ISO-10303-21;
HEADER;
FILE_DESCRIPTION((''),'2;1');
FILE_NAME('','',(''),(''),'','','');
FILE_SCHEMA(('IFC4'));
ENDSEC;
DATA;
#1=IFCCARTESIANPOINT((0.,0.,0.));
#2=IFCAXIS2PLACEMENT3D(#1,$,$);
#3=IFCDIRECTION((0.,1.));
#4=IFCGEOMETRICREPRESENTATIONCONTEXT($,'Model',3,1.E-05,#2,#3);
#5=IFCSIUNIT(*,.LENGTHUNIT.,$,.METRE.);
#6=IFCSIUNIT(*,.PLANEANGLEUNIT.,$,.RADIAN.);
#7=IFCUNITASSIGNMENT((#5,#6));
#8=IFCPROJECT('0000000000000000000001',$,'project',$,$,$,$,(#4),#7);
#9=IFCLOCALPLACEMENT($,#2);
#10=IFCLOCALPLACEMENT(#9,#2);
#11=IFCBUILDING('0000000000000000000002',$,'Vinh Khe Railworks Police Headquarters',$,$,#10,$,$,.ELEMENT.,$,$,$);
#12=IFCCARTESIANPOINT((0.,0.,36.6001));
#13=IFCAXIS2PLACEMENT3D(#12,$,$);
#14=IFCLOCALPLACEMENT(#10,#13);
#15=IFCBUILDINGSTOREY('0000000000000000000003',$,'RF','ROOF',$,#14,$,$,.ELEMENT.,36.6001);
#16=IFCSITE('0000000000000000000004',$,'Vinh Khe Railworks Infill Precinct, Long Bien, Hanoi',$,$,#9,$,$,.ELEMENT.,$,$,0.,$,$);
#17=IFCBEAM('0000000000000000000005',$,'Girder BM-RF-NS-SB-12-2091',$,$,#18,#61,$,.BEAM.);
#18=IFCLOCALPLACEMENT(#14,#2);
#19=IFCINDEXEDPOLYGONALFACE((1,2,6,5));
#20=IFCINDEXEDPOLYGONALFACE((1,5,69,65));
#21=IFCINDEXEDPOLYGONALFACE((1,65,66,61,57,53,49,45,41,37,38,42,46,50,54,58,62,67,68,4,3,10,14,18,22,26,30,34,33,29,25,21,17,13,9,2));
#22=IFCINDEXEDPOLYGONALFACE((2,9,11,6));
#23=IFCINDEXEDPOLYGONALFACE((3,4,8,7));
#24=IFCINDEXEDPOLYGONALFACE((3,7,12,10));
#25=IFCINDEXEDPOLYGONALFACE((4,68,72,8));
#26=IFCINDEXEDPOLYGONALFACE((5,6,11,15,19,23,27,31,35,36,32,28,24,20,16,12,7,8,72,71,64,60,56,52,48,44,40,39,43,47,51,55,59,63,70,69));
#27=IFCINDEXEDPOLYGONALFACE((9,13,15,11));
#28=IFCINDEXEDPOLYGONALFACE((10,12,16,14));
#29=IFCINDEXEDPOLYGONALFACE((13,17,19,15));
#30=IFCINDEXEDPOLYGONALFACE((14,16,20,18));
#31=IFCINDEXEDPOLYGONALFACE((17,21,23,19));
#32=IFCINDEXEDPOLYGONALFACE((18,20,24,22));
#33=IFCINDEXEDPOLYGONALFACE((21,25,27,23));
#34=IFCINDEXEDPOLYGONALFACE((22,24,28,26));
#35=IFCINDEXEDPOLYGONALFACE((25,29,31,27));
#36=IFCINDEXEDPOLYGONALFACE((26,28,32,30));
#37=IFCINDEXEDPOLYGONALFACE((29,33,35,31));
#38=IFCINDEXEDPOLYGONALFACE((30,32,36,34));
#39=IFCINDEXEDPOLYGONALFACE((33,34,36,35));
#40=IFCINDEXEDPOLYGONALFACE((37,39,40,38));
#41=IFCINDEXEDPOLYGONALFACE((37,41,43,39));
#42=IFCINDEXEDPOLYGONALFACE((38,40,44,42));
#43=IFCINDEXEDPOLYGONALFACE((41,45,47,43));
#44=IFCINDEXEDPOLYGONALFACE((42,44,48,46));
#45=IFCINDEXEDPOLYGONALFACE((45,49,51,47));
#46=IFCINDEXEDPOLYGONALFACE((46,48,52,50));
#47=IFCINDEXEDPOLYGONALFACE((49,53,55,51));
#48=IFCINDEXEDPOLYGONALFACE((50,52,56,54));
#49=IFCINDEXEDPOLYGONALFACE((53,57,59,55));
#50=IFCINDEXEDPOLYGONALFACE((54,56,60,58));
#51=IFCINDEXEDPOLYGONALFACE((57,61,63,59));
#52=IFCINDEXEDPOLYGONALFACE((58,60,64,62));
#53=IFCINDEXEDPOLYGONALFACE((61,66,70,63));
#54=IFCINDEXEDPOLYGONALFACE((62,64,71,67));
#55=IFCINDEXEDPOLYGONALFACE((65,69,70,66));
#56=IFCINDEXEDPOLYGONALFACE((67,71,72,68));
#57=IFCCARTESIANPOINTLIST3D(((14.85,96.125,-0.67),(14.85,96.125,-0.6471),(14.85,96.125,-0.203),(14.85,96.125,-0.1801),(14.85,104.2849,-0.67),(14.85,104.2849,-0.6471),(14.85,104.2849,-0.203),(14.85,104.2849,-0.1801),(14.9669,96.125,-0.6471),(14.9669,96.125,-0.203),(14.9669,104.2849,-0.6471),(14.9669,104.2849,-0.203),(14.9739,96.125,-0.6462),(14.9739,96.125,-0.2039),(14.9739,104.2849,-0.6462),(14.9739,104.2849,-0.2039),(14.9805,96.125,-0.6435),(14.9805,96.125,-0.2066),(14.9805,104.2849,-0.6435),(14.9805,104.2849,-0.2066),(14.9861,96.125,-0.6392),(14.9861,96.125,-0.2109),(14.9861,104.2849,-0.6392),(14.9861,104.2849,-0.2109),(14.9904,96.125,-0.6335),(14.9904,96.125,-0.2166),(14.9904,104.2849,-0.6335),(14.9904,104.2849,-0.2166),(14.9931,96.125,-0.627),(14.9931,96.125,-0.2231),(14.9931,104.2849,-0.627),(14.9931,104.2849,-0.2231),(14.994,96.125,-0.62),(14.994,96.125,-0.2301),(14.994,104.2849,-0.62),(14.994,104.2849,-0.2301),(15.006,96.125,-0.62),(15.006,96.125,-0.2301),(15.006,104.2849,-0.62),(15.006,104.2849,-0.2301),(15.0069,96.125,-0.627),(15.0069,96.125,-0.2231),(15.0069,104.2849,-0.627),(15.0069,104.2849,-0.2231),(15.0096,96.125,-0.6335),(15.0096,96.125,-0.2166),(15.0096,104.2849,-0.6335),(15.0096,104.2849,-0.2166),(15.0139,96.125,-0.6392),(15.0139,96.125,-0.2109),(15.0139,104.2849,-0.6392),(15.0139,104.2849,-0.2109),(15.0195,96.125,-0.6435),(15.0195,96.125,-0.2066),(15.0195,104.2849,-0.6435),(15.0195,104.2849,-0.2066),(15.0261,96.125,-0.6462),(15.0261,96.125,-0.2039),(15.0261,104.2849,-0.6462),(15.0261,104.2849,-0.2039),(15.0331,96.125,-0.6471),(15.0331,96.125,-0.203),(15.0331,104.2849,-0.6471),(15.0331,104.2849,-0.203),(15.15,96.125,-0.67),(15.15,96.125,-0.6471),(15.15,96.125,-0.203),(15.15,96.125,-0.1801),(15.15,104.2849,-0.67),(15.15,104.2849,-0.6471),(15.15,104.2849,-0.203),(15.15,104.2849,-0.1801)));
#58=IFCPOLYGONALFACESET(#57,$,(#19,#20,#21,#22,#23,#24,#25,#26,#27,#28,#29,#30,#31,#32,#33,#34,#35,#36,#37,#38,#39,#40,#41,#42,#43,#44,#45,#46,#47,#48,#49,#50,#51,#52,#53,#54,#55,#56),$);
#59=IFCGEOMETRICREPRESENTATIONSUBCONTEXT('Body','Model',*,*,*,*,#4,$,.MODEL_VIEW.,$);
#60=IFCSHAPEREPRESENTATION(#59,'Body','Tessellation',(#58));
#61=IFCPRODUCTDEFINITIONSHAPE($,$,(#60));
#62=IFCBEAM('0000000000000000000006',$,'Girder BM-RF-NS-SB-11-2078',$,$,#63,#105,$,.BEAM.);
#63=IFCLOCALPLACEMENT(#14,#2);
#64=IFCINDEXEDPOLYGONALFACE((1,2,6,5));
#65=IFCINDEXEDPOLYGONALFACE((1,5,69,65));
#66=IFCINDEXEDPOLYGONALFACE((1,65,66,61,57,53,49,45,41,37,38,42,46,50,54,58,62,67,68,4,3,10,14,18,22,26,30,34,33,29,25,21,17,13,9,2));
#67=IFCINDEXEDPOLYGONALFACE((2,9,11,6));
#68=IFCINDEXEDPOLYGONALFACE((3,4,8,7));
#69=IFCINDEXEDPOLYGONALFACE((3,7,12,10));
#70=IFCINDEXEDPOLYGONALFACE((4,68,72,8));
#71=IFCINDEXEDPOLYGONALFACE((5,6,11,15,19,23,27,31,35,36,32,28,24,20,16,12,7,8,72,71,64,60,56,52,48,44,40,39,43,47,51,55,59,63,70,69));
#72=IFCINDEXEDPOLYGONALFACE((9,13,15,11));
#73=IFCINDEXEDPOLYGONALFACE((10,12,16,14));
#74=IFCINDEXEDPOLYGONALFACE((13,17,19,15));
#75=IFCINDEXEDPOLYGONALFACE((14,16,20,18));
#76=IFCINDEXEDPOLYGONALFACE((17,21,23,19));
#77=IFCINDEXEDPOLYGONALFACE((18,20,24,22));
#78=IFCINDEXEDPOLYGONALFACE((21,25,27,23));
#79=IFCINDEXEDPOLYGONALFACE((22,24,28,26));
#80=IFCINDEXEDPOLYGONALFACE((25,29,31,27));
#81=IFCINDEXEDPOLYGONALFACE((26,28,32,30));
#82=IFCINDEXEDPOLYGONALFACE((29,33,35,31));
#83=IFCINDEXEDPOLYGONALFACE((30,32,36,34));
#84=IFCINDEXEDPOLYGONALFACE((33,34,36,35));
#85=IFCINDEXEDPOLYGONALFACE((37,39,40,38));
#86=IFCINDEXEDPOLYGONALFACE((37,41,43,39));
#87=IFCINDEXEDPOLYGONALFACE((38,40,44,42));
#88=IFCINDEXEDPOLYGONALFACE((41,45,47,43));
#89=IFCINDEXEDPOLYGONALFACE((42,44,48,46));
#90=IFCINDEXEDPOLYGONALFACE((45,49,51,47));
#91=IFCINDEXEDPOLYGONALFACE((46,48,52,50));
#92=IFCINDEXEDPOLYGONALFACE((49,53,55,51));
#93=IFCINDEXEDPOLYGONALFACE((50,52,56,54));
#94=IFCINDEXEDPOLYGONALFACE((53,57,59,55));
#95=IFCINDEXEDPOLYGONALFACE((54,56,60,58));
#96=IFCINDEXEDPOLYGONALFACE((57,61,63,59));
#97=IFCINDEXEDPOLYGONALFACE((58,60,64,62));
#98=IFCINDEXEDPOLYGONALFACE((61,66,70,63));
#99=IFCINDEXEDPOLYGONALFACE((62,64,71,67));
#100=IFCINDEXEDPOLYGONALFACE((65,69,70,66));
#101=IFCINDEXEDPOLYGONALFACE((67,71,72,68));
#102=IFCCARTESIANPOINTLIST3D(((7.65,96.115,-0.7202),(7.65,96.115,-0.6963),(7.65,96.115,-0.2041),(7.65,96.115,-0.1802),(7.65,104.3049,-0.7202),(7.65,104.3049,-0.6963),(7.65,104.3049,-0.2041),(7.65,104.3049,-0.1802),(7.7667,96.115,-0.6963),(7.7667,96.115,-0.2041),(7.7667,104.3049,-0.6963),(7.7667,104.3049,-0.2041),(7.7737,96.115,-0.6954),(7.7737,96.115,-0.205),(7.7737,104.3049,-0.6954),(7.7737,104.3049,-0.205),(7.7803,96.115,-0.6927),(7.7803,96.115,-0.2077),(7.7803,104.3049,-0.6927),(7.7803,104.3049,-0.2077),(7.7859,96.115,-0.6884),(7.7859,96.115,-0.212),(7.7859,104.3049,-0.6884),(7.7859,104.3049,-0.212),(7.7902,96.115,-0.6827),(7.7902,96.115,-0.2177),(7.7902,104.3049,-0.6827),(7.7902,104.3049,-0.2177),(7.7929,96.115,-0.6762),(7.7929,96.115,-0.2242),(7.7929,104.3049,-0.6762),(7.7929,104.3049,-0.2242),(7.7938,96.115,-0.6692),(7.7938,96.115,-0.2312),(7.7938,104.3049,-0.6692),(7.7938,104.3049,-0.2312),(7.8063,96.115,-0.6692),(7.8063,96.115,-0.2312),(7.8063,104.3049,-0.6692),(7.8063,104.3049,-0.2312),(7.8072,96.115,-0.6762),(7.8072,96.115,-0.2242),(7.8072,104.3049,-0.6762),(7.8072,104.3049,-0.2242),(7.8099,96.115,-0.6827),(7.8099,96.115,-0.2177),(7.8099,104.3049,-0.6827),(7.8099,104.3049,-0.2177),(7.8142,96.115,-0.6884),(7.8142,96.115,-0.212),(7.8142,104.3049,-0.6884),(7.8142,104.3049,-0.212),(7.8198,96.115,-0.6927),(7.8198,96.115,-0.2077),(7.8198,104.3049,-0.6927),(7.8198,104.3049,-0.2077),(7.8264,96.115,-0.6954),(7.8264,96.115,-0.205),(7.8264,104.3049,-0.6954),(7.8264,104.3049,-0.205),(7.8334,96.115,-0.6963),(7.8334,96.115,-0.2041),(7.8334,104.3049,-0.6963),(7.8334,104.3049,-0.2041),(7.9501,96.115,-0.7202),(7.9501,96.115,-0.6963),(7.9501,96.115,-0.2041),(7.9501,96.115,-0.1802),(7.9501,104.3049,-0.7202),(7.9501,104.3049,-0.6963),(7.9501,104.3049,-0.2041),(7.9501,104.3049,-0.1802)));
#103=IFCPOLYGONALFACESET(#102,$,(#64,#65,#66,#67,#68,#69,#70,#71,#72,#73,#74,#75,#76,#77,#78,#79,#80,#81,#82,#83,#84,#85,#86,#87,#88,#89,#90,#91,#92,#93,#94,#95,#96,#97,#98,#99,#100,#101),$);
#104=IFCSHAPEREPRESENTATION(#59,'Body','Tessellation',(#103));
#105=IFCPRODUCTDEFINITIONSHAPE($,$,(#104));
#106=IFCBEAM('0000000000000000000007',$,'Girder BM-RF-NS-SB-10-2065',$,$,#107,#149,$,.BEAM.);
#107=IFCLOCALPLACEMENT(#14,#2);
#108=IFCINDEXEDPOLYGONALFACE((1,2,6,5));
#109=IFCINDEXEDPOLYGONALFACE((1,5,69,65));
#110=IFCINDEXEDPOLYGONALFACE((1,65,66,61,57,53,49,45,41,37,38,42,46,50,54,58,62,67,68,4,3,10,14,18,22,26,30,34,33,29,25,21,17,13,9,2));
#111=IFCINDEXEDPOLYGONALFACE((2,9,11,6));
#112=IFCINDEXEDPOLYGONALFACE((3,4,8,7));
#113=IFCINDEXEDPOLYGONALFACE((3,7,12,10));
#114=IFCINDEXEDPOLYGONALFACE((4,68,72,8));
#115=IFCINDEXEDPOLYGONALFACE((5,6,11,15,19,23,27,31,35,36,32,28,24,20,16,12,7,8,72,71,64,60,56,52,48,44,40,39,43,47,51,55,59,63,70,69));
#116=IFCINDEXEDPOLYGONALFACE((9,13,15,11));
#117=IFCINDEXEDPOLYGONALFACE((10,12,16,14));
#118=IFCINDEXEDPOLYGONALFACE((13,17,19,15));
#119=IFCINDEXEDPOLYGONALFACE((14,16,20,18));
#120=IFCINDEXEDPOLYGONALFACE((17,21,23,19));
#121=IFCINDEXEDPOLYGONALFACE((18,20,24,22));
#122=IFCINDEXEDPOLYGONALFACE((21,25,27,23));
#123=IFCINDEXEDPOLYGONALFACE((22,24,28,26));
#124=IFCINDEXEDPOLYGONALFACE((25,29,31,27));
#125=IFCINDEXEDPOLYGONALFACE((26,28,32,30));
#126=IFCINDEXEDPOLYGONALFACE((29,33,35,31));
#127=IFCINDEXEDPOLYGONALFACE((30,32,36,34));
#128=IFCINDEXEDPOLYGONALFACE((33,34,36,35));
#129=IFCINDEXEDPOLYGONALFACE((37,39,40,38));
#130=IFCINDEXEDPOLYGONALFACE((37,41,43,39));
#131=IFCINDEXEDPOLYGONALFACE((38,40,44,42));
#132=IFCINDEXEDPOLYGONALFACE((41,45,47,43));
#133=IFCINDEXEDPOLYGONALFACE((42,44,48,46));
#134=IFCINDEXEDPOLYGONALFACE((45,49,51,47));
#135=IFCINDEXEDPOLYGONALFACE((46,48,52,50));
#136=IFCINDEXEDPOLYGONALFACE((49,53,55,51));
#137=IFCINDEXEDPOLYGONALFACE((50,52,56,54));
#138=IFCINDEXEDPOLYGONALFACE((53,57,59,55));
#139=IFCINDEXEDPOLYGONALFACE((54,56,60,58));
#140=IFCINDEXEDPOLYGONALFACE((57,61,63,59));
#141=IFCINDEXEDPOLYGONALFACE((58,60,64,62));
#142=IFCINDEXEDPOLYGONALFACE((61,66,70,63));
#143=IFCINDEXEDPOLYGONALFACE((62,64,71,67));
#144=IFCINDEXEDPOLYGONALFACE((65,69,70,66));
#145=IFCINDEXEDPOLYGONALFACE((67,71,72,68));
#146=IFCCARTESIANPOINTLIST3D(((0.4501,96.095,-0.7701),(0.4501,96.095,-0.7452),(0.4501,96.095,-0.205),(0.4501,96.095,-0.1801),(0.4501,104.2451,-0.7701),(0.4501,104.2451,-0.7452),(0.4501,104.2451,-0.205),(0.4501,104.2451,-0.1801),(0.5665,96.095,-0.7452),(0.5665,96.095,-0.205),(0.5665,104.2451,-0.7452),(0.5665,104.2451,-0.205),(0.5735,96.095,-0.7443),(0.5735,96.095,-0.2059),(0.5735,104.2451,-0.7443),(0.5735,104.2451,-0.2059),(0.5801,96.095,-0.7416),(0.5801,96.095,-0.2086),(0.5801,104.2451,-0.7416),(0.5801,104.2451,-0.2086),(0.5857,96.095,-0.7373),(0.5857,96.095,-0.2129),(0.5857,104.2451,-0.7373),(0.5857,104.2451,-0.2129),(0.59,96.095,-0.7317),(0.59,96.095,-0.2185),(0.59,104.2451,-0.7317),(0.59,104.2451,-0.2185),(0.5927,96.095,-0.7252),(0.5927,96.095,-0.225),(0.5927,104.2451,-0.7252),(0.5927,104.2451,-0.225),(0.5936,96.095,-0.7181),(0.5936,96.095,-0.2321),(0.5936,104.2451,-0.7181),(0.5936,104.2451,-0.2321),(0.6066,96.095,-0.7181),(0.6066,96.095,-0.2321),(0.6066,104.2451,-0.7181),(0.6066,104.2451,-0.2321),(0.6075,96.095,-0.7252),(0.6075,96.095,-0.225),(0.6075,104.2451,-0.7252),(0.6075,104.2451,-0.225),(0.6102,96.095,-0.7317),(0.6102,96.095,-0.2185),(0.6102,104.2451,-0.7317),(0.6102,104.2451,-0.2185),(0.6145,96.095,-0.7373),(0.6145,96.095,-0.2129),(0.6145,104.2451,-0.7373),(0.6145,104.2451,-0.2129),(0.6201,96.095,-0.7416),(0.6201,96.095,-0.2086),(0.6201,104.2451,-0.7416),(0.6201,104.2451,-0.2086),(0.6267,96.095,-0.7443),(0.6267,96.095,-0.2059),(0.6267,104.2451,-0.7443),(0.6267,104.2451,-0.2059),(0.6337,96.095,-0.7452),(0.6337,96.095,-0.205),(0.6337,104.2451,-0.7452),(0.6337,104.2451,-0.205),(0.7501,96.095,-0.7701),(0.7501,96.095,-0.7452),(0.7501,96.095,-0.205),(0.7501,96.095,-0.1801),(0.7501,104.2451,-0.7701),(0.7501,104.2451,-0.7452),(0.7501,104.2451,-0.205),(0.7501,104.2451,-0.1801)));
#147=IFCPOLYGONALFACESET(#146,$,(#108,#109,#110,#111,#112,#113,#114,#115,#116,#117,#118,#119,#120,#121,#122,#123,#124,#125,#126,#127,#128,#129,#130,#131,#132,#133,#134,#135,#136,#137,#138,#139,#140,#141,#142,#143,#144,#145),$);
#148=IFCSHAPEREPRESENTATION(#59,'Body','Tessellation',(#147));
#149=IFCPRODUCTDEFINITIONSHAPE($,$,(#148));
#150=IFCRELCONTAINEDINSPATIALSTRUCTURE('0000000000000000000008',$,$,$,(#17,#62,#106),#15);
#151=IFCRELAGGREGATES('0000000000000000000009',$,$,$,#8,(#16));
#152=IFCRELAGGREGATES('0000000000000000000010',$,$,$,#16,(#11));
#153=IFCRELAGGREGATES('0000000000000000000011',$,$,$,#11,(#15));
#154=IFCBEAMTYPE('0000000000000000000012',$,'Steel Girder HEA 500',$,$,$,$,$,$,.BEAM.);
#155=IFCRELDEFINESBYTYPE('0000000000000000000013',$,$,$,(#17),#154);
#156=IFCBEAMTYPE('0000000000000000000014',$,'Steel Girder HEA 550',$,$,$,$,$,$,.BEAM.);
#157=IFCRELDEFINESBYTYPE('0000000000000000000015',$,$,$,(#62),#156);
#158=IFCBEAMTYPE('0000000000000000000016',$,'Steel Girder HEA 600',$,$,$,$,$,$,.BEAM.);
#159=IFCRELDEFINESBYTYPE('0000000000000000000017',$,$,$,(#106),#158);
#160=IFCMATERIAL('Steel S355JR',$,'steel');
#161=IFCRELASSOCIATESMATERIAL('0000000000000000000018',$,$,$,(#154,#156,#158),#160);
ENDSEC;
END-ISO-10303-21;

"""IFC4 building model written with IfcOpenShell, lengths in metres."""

from ifc_helpers import new_model, si_unit, direction, frame, origin, origin_2d, place, context, subcontext, project, spatial, i_section, extrude, material, material_profile, profile_set, type_object, element, save


model = new_model("IFC4")

# Units and contexts
model_context = context("Model", 3, precision=1e-05, world=origin(), true_north=direction((0.0, 1.0)))
body_context = subcontext(model_context, "Body", "Model", "MODEL_VIEW")
ifc_project = project(units=[si_unit("LENGTHUNIT", "METRE"), si_unit("PLANEANGLEUNIT", "RADIAN")], contexts=[model_context])

# Site, building, storey
site_placement = place(None, origin())
site = spatial("IfcSite", under=ifc_project, at=site_placement, Name="Vinh Khe Railworks Infill Precinct, Long Bien, Hanoi", CompositionType="ELEMENT", RefElevation=0.0)
building_placement = place(site_placement, origin())
building = spatial("IfcBuilding", under=site, at=building_placement, Name="Vinh Khe Railworks Police Headquarters", CompositionType="ELEMENT")
storey_placement = place(building_placement, frame((0.0, 0.0, 36.6001)))
storey = spatial("IfcBuildingStorey", under=building, at=storey_placement, Name="RF", Description="ROOF", CompositionType="ELEMENT", Elevation=36.6001)

# Shared definitions
ifc_material_1 = material(Name="Steel S355JR", Category="steel")

# Beams
ifc_material_profile_1 = material_profile(ifc_material_1, i_section(OverallWidth=0.3, OverallDepth=0.49, WebThickness=0.012, FlangeThickness=0.0229, FilletRadius=0.0271, at=origin_2d()), Name="HEA 500")
ifc_profile_set_1 = profile_set([ifc_material_profile_1], Name="Steel S355JR")
beam_type_1 = type_object("IfcBeamType", Name="Steel Girder HEA 500", PredefinedType="BEAM", material=ifc_profile_set_1)
beam_1_placement = place(storey_placement, frame((15.0, 96.125, -0.425), z_axis=(0.0, 1.0, 0.0), x_axis=(-1.0, 0.0, 0.0)))
element("IfcBeam", 1, at=beam_1_placement, inside=storey, type_object=beam_type_1, Name="Girder BM-RF-NS-SB-12-2091", PredefinedType="BEAM", context=body_context, shape_type="SweptSolid", body=[
    extrude(i_section(OverallWidth=0.3, OverallDepth=0.49, WebThickness=0.012, FlangeThickness=0.0229, FilletRadius=0.0271, at=origin_2d()), origin(), (0.0, 0.0, 1.0), 8.1599),
])
ifc_material_profile_2 = material_profile(ifc_material_1, i_section(OverallWidth=0.3, OverallDepth=0.54, WebThickness=0.0125, FlangeThickness=0.0239, FilletRadius=0.0271, at=origin_2d()), Name="HEA 550")
ifc_profile_set_2 = profile_set([ifc_material_profile_2], Name="Steel S355JR")
beam_type_2 = type_object("IfcBeamType", Name="Steel Girder HEA 550", PredefinedType="BEAM", material=ifc_profile_set_2)
beam_2_placement = place(storey_placement, frame((7.8, 96.115, -0.4502), z_axis=(0.0, 1.0, 0.0), x_axis=(-1.0, 0.0, 0.0)))
element("IfcBeam", 2, at=beam_2_placement, inside=storey, type_object=beam_type_2, Name="Girder BM-RF-NS-SB-11-2078", PredefinedType="BEAM", context=body_context, shape_type="SweptSolid", body=[
    extrude(i_section(OverallWidth=0.3, OverallDepth=0.54, WebThickness=0.0125, FlangeThickness=0.0239, FilletRadius=0.0271, at=origin_2d()), origin(), (0.0, 0.0, 1.0), 8.1899),
])
ifc_material_profile_3 = material_profile(ifc_material_1, i_section(OverallWidth=0.3, OverallDepth=0.5901, WebThickness=0.0129, FlangeThickness=0.0249, FilletRadius=0.0271, at=origin_2d()), Name="HEA 600")
ifc_profile_set_3 = profile_set([ifc_material_profile_3], Name="Steel S355JR")
beam_type_3 = type_object("IfcBeamType", Name="Steel Girder HEA 600", PredefinedType="BEAM", material=ifc_profile_set_3)
beam_3_placement = place(storey_placement, frame((0.6001, 96.095, -0.4751), z_axis=(0.0, 1.0, 0.0), x_axis=(-1.0, 0.0, 0.0)))
element("IfcBeam", 3, at=beam_3_placement, inside=storey, type_object=beam_type_3, Name="Girder BM-RF-NS-SB-10-2065", PredefinedType="BEAM", context=body_context, shape_type="SweptSolid", body=[
    extrude(i_section(OverallWidth=0.3, OverallDepth=0.5901, WebThickness=0.0129, FlangeThickness=0.0249, FilletRadius=0.0271, at=origin_2d()), origin(), (0.0, 0.0, 1.0), 8.1501),
])

save(model, "model.ifc")
